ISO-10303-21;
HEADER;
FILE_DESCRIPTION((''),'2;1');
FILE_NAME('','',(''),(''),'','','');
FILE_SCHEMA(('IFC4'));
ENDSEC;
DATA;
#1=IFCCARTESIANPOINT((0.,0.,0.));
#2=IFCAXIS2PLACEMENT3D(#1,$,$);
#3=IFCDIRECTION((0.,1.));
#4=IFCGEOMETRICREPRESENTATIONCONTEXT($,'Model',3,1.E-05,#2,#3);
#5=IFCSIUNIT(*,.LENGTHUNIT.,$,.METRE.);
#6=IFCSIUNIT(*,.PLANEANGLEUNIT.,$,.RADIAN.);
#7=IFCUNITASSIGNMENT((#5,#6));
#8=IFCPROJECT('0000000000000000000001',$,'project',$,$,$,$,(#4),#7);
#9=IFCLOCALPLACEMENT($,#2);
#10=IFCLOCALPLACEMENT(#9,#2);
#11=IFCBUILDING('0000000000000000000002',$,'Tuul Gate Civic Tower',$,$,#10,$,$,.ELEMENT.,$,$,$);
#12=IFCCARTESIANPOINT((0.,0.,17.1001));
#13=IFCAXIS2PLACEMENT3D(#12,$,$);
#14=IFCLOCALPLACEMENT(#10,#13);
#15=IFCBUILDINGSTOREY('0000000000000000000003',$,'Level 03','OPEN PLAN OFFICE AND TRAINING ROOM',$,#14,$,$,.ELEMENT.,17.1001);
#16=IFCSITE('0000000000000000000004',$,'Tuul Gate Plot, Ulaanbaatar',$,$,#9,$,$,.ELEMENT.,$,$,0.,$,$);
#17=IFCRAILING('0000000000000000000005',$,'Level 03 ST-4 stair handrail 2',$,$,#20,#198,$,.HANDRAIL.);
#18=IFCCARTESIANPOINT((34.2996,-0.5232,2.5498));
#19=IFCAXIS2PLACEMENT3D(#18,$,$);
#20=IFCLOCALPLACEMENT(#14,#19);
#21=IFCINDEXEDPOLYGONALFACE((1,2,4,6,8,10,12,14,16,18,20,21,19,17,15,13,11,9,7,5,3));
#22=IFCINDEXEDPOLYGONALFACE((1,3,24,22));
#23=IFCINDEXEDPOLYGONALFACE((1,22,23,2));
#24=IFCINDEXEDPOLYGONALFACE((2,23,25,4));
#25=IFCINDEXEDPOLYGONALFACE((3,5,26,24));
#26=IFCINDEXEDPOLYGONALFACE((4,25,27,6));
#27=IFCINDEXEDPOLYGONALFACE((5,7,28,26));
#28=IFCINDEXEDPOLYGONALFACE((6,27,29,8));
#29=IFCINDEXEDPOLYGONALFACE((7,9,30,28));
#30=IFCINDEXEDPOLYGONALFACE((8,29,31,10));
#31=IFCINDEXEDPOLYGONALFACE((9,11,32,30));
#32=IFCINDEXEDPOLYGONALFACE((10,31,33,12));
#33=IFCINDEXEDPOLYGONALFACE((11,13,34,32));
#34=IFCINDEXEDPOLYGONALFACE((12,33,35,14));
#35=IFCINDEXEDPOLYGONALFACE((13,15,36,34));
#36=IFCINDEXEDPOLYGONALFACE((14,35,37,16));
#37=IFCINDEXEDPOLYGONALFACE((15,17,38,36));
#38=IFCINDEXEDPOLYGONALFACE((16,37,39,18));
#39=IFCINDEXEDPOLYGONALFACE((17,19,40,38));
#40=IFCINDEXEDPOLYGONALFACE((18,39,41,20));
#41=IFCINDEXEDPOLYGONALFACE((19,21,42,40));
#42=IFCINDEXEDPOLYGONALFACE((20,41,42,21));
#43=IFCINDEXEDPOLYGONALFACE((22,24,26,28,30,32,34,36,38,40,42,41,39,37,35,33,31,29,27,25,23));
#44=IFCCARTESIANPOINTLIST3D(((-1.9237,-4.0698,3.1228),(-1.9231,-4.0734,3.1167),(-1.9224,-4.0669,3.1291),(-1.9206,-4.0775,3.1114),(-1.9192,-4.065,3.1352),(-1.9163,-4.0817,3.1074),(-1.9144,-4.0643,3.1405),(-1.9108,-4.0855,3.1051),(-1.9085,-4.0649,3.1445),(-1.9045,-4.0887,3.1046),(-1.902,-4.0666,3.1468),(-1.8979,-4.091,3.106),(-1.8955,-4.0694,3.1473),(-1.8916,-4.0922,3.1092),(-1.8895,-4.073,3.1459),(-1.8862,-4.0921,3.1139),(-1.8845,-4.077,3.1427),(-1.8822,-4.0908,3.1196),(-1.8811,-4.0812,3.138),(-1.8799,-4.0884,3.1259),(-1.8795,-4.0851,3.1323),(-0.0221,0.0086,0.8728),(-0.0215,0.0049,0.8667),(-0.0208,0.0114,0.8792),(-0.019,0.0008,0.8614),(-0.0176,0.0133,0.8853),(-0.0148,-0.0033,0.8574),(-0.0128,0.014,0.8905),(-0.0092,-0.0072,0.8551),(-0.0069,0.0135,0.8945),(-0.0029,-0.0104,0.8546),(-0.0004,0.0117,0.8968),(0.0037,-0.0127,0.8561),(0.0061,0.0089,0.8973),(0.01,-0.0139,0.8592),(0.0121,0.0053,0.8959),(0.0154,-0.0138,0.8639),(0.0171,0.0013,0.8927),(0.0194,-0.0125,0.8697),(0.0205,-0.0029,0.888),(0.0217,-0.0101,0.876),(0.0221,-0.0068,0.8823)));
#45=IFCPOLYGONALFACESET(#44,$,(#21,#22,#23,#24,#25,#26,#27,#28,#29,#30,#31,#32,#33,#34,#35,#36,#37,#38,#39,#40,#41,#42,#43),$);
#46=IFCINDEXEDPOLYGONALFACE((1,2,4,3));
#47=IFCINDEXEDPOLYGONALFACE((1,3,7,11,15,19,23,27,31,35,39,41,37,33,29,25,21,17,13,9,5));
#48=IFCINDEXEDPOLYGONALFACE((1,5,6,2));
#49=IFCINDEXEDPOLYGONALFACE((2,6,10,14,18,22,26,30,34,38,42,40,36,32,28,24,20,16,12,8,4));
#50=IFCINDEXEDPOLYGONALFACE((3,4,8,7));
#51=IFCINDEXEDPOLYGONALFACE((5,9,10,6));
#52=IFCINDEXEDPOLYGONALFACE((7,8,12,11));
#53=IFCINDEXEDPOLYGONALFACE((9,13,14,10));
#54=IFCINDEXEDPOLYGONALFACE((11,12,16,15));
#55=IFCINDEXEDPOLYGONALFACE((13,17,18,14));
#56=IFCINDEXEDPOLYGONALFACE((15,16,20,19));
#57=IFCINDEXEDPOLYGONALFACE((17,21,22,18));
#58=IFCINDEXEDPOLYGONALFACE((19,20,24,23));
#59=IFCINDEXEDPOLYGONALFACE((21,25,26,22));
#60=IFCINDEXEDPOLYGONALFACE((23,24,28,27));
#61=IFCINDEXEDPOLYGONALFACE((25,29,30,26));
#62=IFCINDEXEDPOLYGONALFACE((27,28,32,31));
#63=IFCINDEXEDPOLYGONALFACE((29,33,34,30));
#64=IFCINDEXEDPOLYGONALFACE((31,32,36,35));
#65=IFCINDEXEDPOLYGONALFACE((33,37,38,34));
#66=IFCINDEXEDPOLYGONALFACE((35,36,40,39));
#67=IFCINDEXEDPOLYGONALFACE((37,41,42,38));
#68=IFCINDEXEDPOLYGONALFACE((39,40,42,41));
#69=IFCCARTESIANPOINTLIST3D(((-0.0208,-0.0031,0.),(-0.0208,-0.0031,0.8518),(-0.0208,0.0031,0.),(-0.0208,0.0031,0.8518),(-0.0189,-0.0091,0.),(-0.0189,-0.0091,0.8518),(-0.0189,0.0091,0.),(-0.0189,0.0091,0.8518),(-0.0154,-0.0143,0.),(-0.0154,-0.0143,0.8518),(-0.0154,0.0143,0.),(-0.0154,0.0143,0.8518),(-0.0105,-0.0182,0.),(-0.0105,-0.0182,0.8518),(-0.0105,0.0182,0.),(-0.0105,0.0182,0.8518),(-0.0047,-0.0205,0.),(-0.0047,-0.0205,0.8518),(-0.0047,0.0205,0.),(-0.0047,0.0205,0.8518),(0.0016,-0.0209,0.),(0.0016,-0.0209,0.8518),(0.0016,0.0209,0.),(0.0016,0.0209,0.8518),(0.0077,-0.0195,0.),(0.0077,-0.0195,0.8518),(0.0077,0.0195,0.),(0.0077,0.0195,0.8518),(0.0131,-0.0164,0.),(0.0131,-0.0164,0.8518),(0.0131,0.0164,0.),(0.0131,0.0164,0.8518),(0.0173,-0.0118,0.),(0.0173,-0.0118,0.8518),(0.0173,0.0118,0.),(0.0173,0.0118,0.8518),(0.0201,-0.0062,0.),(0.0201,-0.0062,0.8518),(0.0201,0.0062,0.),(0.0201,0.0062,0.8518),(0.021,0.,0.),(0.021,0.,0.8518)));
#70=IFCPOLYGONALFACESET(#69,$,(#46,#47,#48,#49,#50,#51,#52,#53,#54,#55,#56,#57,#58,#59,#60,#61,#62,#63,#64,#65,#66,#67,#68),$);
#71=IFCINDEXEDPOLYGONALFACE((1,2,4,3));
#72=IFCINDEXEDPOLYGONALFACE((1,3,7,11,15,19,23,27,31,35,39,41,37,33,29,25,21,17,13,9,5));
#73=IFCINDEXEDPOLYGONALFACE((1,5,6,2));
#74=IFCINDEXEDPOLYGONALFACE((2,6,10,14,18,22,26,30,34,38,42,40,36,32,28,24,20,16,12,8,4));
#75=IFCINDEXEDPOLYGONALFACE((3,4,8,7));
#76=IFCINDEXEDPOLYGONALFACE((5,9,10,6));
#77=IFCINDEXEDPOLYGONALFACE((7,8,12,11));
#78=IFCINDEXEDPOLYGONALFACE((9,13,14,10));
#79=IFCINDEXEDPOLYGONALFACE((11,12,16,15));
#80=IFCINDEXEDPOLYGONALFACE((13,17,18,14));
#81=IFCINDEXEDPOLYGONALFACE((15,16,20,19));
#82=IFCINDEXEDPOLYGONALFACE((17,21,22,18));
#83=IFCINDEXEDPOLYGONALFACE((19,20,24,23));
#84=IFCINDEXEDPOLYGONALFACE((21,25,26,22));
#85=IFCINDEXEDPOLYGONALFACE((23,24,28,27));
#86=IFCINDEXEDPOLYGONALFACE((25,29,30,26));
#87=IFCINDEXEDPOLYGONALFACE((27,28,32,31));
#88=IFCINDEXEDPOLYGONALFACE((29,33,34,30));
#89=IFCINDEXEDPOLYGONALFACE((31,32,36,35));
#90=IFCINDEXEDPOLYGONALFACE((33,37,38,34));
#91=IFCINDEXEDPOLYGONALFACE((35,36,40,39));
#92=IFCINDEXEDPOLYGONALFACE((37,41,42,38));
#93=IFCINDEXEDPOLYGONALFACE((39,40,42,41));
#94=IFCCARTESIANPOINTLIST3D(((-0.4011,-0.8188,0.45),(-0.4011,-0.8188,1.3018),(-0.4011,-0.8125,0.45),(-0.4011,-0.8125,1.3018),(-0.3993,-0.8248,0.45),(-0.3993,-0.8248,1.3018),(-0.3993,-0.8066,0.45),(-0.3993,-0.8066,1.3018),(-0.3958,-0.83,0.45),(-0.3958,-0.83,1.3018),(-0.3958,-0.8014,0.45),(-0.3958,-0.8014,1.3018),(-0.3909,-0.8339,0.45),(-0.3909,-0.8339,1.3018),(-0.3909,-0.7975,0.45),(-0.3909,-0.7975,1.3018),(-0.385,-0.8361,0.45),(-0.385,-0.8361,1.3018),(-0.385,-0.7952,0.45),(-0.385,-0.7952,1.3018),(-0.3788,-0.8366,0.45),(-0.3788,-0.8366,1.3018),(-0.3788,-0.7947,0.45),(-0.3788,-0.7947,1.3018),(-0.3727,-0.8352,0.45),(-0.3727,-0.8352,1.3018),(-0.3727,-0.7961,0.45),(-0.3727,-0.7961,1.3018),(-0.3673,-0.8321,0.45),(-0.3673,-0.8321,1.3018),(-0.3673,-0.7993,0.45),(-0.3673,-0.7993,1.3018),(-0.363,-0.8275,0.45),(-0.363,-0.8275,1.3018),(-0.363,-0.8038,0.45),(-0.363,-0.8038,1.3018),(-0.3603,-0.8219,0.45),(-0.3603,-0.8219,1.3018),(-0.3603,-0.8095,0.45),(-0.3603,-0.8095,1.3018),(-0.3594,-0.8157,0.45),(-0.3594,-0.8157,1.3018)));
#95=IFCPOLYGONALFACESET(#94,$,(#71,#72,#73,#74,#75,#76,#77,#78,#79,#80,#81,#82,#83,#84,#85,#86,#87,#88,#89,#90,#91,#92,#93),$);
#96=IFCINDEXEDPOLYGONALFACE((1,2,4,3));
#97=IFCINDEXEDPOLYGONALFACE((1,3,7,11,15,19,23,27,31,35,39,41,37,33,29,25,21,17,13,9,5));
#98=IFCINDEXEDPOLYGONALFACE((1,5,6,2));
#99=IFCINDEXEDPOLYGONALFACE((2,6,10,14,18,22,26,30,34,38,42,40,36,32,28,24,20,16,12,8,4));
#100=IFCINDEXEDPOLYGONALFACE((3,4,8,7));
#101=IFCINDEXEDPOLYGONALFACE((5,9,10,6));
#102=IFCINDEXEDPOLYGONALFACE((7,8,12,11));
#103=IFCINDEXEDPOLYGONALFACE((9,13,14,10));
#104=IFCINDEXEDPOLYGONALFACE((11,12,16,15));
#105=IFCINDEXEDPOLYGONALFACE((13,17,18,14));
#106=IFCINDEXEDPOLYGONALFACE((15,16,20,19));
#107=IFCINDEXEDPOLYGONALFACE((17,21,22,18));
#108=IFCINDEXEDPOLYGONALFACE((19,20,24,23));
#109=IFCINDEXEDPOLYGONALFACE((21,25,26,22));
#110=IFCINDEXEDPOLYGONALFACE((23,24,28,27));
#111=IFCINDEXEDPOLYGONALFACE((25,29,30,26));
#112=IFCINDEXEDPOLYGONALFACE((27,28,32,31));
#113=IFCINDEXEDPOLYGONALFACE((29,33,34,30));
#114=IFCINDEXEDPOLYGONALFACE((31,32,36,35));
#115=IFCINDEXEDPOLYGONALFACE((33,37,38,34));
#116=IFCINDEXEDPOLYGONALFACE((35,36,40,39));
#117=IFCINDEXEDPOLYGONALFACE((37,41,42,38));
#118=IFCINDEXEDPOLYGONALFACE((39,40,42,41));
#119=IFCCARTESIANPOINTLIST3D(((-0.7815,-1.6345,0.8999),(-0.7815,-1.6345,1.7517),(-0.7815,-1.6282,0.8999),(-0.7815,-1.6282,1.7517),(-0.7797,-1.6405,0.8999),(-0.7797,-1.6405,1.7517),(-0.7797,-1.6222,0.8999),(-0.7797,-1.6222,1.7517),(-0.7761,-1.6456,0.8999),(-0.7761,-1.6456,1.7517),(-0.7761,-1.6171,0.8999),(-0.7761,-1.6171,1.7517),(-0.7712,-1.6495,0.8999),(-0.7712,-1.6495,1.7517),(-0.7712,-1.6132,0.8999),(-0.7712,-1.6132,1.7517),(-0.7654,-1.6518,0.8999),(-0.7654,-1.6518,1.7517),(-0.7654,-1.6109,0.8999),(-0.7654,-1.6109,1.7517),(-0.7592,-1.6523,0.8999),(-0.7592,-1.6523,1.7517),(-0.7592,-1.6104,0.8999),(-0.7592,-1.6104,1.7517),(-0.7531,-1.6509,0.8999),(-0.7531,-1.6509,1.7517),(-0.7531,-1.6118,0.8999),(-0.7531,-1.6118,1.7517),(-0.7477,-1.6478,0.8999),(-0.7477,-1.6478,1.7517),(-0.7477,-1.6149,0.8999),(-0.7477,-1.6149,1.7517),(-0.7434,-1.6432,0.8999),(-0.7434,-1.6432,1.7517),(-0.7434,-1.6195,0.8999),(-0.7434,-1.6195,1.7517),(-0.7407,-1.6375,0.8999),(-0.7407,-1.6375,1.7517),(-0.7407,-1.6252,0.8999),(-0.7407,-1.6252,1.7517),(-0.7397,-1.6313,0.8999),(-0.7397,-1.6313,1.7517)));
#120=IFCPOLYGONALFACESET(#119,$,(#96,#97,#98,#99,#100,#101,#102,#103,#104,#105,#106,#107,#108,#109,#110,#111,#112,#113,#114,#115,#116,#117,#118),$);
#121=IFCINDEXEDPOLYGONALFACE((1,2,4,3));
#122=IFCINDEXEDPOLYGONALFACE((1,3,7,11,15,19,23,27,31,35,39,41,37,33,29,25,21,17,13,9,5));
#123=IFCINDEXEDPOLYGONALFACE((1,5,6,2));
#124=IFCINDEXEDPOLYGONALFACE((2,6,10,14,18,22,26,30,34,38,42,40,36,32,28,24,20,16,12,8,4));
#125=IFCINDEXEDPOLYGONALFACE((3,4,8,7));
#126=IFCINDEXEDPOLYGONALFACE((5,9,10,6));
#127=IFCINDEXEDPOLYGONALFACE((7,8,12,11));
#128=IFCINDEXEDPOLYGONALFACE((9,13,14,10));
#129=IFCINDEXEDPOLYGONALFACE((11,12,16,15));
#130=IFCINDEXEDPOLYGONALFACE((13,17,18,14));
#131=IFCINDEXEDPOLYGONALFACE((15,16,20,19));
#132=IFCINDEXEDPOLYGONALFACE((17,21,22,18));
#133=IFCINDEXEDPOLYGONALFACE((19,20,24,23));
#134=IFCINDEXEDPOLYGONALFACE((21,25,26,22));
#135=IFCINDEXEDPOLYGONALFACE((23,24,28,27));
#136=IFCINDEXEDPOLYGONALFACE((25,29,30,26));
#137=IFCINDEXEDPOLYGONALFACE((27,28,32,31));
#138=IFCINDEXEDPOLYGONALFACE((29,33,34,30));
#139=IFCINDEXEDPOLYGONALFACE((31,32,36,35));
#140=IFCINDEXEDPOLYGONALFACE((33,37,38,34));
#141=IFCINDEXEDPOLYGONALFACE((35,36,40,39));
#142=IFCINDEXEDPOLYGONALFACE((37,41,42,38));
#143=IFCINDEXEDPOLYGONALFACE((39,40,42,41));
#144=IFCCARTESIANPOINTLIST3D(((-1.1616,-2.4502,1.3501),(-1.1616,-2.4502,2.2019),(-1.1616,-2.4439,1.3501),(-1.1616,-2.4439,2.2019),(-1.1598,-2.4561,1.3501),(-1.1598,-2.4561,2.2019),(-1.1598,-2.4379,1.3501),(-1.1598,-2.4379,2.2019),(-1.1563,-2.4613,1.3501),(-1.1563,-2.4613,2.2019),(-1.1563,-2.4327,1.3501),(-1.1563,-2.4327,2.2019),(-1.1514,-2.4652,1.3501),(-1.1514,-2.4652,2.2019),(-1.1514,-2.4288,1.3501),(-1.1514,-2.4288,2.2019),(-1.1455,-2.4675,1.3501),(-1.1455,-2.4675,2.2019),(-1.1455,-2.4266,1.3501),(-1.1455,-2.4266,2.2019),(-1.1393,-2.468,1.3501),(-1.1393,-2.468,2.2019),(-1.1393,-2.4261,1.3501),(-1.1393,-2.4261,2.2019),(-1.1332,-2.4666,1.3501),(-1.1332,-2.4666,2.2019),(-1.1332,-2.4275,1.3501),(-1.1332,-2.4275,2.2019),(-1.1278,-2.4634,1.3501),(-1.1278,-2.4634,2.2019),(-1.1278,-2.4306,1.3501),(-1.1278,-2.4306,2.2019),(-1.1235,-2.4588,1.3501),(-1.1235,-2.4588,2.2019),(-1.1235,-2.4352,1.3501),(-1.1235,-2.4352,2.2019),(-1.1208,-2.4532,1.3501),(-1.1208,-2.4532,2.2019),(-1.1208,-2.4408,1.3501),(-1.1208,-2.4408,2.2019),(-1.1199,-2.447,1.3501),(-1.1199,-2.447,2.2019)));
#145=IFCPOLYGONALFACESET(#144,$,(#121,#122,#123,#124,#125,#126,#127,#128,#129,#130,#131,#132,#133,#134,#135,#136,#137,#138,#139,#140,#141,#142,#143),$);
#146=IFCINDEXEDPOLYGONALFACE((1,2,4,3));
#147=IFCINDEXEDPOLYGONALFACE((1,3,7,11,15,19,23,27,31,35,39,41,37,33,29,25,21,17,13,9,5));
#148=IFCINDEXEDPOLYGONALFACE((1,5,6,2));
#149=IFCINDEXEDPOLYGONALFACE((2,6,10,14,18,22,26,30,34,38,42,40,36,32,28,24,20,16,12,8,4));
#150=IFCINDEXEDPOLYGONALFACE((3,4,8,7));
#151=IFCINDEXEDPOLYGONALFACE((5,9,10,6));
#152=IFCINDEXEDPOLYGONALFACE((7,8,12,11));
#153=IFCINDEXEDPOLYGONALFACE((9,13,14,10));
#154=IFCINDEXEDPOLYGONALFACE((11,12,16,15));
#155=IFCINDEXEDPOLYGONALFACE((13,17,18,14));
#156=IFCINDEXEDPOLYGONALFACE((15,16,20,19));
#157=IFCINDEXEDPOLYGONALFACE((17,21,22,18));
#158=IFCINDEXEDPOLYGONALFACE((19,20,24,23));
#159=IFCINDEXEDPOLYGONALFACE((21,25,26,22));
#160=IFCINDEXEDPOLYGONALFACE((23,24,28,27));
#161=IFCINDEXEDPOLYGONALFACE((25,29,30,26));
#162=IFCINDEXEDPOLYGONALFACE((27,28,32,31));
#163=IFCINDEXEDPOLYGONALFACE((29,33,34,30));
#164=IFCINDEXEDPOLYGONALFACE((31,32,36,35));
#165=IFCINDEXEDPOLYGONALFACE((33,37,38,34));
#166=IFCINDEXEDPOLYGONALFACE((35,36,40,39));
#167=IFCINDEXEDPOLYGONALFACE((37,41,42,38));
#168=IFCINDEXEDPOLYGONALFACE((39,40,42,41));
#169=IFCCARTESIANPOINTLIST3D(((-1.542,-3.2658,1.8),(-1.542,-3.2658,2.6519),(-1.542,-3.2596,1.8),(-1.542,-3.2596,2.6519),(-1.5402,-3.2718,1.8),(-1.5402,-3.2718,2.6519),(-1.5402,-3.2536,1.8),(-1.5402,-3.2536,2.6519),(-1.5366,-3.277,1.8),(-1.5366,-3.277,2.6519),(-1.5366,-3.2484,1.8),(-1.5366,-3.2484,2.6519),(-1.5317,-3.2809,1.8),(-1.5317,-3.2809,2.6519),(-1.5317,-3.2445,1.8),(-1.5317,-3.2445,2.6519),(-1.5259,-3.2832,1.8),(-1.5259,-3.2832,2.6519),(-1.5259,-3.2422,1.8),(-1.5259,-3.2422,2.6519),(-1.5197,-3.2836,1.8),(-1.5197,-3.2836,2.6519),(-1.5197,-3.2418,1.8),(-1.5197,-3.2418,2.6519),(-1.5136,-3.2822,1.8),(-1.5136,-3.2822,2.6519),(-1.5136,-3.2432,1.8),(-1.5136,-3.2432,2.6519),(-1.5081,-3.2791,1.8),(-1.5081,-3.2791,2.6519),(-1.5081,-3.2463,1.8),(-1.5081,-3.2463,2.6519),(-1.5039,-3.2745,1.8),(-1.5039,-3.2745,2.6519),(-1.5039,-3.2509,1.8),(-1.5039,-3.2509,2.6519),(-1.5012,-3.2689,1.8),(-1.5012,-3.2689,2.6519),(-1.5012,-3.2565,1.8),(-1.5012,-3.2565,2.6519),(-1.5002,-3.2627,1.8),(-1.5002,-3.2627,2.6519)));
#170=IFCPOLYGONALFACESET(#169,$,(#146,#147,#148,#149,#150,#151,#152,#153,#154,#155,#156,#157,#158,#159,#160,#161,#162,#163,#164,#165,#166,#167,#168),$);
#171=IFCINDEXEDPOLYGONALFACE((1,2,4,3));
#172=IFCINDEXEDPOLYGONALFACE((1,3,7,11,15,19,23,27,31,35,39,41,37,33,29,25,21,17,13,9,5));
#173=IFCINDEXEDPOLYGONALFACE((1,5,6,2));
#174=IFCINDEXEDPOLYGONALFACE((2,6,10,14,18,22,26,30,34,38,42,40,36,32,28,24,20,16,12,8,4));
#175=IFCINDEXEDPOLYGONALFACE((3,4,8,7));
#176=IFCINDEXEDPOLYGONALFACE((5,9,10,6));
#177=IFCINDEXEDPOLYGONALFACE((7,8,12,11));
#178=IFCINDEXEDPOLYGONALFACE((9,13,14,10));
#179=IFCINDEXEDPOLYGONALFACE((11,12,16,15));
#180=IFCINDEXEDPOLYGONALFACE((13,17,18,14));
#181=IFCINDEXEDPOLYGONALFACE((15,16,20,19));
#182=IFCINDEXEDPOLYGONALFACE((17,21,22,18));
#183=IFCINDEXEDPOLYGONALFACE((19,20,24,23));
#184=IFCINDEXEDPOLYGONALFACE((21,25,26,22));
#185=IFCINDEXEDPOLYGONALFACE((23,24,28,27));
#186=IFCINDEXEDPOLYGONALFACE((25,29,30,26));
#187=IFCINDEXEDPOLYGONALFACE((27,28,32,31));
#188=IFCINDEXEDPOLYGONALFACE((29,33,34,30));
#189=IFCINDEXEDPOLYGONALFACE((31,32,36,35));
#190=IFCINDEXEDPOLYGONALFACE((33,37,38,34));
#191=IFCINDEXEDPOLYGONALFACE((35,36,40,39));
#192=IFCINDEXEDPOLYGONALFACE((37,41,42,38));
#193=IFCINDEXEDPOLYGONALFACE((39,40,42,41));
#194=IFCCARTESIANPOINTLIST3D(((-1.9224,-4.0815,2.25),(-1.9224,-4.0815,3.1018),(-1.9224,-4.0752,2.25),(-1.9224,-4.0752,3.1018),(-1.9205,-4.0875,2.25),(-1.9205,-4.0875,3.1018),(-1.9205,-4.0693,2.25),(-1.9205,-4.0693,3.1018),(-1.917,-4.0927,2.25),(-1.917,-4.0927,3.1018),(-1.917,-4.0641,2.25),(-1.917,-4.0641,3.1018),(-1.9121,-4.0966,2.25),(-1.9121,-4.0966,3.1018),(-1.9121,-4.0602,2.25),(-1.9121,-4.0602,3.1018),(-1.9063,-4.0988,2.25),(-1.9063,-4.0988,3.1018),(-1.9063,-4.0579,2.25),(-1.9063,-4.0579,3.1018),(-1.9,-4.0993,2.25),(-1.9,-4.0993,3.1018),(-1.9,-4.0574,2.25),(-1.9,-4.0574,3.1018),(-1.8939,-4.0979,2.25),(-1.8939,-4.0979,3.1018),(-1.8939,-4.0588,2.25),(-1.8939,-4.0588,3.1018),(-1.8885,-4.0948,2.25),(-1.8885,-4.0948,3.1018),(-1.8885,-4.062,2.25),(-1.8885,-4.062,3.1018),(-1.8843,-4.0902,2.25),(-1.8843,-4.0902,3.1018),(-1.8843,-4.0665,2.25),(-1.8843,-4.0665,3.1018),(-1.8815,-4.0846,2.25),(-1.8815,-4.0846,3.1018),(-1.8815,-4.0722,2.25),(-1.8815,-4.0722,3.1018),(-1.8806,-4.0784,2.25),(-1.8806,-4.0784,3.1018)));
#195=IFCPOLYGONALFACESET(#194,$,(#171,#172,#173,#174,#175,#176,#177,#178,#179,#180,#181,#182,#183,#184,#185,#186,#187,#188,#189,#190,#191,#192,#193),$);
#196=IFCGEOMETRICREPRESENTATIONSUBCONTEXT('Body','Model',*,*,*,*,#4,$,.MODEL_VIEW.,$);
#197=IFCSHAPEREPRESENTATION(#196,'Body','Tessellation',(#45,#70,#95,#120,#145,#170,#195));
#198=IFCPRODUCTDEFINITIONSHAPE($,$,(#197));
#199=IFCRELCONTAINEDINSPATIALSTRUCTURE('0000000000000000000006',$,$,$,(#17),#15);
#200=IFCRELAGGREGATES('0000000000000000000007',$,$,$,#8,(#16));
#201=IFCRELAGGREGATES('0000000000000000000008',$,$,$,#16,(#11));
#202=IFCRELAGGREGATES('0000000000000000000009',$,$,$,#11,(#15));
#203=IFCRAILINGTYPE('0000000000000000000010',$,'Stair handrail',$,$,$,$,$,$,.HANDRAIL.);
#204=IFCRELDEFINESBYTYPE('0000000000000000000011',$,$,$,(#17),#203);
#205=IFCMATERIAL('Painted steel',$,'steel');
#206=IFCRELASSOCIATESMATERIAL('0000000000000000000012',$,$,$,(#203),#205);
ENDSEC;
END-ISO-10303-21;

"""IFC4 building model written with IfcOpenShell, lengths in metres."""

from ifc_helpers import new_model, si_unit, direction, frame, origin, origin_2d, place, context, subcontext, project, spatial, circle, extrude, material, type_object, element, save


model = new_model("IFC4")

# Units and contexts
model_context = context("Model", 3, precision=1e-05, world=origin(), true_north=direction((0.0, 1.0)))
body_context = subcontext(model_context, "Body", "Model", "MODEL_VIEW")
ifc_project = project(units=[si_unit("LENGTHUNIT", "METRE"), si_unit("PLANEANGLEUNIT", "RADIAN")], contexts=[model_context])

# Site, building, storey
site_placement = place(None, origin())
site = spatial("IfcSite", under=ifc_project, at=site_placement, Name="Tuul Gate Plot, Ulaanbaatar", CompositionType="ELEMENT", RefElevation=0.0)
building_placement = place(site_placement, origin())
building = spatial("IfcBuilding", under=site, at=building_placement, Name="Tuul Gate Civic Tower", CompositionType="ELEMENT")
storey_placement = place(building_placement, frame((0.0, 0.0, 17.1001)))
storey = spatial("IfcBuildingStorey", under=building, at=storey_placement, Name="Level 03", Description="OPEN PLAN OFFICE AND TRAINING ROOM", CompositionType="ELEMENT", Elevation=17.1001)

# Railing
ifc_material_1 = material(Name="Painted steel", Category="steel")
railing_type = type_object("IfcRailingType", Name="Stair handrail", PredefinedType="HANDRAIL", material=ifc_material_1)
railing_1_placement = place(storey_placement, frame((34.2996, -0.5232, 2.5498)))
element("IfcRailing", 1, at=railing_1_placement, inside=storey, type_object=railing_type, Name="Level 03 ST-4 stair handrail 2", PredefinedType="HANDRAIL", context=body_context, shape_type="SweptSolid", body=[
    extrude(circle(Radius=0.0239, at=origin_2d()), frame((0.0, 0.0, 0.876), z_axis=(-0.377973, -0.810636, 0.44722), x_axis=(0.906322, -0.422588, 0.0)), (0.0, 0.0, 1.0), 5.031),
    extrude(circle(Radius=0.021, at=origin_2d()), origin(), (0.0, 0.0, 1.0), 0.8518),
    extrude(circle(Radius=0.021, at=origin_2d()), frame((-0.3804, -0.8157, 0.45)), (0.0, 0.0, 1.0), 0.8518),
    extrude(circle(Radius=0.021, at=origin_2d()), frame((-0.7607, -1.6313, 0.8999)), (0.0, 0.0, 1.0), 0.8518),
    extrude(circle(Radius=0.021, at=origin_2d()), frame((-1.1409, -2.447, 1.3501)), (0.0, 0.0, 1.0), 0.8518),
    extrude(circle(Radius=0.021, at=origin_2d()), frame((-1.5212, -3.2627, 1.8)), (0.0, 0.0, 1.0), 0.8518),
    extrude(circle(Radius=0.021, at=origin_2d()), frame((-1.9016, -4.0784, 2.25)), (0.0, 0.0, 1.0), 0.8518),
])

save(model, "model.ifc")
